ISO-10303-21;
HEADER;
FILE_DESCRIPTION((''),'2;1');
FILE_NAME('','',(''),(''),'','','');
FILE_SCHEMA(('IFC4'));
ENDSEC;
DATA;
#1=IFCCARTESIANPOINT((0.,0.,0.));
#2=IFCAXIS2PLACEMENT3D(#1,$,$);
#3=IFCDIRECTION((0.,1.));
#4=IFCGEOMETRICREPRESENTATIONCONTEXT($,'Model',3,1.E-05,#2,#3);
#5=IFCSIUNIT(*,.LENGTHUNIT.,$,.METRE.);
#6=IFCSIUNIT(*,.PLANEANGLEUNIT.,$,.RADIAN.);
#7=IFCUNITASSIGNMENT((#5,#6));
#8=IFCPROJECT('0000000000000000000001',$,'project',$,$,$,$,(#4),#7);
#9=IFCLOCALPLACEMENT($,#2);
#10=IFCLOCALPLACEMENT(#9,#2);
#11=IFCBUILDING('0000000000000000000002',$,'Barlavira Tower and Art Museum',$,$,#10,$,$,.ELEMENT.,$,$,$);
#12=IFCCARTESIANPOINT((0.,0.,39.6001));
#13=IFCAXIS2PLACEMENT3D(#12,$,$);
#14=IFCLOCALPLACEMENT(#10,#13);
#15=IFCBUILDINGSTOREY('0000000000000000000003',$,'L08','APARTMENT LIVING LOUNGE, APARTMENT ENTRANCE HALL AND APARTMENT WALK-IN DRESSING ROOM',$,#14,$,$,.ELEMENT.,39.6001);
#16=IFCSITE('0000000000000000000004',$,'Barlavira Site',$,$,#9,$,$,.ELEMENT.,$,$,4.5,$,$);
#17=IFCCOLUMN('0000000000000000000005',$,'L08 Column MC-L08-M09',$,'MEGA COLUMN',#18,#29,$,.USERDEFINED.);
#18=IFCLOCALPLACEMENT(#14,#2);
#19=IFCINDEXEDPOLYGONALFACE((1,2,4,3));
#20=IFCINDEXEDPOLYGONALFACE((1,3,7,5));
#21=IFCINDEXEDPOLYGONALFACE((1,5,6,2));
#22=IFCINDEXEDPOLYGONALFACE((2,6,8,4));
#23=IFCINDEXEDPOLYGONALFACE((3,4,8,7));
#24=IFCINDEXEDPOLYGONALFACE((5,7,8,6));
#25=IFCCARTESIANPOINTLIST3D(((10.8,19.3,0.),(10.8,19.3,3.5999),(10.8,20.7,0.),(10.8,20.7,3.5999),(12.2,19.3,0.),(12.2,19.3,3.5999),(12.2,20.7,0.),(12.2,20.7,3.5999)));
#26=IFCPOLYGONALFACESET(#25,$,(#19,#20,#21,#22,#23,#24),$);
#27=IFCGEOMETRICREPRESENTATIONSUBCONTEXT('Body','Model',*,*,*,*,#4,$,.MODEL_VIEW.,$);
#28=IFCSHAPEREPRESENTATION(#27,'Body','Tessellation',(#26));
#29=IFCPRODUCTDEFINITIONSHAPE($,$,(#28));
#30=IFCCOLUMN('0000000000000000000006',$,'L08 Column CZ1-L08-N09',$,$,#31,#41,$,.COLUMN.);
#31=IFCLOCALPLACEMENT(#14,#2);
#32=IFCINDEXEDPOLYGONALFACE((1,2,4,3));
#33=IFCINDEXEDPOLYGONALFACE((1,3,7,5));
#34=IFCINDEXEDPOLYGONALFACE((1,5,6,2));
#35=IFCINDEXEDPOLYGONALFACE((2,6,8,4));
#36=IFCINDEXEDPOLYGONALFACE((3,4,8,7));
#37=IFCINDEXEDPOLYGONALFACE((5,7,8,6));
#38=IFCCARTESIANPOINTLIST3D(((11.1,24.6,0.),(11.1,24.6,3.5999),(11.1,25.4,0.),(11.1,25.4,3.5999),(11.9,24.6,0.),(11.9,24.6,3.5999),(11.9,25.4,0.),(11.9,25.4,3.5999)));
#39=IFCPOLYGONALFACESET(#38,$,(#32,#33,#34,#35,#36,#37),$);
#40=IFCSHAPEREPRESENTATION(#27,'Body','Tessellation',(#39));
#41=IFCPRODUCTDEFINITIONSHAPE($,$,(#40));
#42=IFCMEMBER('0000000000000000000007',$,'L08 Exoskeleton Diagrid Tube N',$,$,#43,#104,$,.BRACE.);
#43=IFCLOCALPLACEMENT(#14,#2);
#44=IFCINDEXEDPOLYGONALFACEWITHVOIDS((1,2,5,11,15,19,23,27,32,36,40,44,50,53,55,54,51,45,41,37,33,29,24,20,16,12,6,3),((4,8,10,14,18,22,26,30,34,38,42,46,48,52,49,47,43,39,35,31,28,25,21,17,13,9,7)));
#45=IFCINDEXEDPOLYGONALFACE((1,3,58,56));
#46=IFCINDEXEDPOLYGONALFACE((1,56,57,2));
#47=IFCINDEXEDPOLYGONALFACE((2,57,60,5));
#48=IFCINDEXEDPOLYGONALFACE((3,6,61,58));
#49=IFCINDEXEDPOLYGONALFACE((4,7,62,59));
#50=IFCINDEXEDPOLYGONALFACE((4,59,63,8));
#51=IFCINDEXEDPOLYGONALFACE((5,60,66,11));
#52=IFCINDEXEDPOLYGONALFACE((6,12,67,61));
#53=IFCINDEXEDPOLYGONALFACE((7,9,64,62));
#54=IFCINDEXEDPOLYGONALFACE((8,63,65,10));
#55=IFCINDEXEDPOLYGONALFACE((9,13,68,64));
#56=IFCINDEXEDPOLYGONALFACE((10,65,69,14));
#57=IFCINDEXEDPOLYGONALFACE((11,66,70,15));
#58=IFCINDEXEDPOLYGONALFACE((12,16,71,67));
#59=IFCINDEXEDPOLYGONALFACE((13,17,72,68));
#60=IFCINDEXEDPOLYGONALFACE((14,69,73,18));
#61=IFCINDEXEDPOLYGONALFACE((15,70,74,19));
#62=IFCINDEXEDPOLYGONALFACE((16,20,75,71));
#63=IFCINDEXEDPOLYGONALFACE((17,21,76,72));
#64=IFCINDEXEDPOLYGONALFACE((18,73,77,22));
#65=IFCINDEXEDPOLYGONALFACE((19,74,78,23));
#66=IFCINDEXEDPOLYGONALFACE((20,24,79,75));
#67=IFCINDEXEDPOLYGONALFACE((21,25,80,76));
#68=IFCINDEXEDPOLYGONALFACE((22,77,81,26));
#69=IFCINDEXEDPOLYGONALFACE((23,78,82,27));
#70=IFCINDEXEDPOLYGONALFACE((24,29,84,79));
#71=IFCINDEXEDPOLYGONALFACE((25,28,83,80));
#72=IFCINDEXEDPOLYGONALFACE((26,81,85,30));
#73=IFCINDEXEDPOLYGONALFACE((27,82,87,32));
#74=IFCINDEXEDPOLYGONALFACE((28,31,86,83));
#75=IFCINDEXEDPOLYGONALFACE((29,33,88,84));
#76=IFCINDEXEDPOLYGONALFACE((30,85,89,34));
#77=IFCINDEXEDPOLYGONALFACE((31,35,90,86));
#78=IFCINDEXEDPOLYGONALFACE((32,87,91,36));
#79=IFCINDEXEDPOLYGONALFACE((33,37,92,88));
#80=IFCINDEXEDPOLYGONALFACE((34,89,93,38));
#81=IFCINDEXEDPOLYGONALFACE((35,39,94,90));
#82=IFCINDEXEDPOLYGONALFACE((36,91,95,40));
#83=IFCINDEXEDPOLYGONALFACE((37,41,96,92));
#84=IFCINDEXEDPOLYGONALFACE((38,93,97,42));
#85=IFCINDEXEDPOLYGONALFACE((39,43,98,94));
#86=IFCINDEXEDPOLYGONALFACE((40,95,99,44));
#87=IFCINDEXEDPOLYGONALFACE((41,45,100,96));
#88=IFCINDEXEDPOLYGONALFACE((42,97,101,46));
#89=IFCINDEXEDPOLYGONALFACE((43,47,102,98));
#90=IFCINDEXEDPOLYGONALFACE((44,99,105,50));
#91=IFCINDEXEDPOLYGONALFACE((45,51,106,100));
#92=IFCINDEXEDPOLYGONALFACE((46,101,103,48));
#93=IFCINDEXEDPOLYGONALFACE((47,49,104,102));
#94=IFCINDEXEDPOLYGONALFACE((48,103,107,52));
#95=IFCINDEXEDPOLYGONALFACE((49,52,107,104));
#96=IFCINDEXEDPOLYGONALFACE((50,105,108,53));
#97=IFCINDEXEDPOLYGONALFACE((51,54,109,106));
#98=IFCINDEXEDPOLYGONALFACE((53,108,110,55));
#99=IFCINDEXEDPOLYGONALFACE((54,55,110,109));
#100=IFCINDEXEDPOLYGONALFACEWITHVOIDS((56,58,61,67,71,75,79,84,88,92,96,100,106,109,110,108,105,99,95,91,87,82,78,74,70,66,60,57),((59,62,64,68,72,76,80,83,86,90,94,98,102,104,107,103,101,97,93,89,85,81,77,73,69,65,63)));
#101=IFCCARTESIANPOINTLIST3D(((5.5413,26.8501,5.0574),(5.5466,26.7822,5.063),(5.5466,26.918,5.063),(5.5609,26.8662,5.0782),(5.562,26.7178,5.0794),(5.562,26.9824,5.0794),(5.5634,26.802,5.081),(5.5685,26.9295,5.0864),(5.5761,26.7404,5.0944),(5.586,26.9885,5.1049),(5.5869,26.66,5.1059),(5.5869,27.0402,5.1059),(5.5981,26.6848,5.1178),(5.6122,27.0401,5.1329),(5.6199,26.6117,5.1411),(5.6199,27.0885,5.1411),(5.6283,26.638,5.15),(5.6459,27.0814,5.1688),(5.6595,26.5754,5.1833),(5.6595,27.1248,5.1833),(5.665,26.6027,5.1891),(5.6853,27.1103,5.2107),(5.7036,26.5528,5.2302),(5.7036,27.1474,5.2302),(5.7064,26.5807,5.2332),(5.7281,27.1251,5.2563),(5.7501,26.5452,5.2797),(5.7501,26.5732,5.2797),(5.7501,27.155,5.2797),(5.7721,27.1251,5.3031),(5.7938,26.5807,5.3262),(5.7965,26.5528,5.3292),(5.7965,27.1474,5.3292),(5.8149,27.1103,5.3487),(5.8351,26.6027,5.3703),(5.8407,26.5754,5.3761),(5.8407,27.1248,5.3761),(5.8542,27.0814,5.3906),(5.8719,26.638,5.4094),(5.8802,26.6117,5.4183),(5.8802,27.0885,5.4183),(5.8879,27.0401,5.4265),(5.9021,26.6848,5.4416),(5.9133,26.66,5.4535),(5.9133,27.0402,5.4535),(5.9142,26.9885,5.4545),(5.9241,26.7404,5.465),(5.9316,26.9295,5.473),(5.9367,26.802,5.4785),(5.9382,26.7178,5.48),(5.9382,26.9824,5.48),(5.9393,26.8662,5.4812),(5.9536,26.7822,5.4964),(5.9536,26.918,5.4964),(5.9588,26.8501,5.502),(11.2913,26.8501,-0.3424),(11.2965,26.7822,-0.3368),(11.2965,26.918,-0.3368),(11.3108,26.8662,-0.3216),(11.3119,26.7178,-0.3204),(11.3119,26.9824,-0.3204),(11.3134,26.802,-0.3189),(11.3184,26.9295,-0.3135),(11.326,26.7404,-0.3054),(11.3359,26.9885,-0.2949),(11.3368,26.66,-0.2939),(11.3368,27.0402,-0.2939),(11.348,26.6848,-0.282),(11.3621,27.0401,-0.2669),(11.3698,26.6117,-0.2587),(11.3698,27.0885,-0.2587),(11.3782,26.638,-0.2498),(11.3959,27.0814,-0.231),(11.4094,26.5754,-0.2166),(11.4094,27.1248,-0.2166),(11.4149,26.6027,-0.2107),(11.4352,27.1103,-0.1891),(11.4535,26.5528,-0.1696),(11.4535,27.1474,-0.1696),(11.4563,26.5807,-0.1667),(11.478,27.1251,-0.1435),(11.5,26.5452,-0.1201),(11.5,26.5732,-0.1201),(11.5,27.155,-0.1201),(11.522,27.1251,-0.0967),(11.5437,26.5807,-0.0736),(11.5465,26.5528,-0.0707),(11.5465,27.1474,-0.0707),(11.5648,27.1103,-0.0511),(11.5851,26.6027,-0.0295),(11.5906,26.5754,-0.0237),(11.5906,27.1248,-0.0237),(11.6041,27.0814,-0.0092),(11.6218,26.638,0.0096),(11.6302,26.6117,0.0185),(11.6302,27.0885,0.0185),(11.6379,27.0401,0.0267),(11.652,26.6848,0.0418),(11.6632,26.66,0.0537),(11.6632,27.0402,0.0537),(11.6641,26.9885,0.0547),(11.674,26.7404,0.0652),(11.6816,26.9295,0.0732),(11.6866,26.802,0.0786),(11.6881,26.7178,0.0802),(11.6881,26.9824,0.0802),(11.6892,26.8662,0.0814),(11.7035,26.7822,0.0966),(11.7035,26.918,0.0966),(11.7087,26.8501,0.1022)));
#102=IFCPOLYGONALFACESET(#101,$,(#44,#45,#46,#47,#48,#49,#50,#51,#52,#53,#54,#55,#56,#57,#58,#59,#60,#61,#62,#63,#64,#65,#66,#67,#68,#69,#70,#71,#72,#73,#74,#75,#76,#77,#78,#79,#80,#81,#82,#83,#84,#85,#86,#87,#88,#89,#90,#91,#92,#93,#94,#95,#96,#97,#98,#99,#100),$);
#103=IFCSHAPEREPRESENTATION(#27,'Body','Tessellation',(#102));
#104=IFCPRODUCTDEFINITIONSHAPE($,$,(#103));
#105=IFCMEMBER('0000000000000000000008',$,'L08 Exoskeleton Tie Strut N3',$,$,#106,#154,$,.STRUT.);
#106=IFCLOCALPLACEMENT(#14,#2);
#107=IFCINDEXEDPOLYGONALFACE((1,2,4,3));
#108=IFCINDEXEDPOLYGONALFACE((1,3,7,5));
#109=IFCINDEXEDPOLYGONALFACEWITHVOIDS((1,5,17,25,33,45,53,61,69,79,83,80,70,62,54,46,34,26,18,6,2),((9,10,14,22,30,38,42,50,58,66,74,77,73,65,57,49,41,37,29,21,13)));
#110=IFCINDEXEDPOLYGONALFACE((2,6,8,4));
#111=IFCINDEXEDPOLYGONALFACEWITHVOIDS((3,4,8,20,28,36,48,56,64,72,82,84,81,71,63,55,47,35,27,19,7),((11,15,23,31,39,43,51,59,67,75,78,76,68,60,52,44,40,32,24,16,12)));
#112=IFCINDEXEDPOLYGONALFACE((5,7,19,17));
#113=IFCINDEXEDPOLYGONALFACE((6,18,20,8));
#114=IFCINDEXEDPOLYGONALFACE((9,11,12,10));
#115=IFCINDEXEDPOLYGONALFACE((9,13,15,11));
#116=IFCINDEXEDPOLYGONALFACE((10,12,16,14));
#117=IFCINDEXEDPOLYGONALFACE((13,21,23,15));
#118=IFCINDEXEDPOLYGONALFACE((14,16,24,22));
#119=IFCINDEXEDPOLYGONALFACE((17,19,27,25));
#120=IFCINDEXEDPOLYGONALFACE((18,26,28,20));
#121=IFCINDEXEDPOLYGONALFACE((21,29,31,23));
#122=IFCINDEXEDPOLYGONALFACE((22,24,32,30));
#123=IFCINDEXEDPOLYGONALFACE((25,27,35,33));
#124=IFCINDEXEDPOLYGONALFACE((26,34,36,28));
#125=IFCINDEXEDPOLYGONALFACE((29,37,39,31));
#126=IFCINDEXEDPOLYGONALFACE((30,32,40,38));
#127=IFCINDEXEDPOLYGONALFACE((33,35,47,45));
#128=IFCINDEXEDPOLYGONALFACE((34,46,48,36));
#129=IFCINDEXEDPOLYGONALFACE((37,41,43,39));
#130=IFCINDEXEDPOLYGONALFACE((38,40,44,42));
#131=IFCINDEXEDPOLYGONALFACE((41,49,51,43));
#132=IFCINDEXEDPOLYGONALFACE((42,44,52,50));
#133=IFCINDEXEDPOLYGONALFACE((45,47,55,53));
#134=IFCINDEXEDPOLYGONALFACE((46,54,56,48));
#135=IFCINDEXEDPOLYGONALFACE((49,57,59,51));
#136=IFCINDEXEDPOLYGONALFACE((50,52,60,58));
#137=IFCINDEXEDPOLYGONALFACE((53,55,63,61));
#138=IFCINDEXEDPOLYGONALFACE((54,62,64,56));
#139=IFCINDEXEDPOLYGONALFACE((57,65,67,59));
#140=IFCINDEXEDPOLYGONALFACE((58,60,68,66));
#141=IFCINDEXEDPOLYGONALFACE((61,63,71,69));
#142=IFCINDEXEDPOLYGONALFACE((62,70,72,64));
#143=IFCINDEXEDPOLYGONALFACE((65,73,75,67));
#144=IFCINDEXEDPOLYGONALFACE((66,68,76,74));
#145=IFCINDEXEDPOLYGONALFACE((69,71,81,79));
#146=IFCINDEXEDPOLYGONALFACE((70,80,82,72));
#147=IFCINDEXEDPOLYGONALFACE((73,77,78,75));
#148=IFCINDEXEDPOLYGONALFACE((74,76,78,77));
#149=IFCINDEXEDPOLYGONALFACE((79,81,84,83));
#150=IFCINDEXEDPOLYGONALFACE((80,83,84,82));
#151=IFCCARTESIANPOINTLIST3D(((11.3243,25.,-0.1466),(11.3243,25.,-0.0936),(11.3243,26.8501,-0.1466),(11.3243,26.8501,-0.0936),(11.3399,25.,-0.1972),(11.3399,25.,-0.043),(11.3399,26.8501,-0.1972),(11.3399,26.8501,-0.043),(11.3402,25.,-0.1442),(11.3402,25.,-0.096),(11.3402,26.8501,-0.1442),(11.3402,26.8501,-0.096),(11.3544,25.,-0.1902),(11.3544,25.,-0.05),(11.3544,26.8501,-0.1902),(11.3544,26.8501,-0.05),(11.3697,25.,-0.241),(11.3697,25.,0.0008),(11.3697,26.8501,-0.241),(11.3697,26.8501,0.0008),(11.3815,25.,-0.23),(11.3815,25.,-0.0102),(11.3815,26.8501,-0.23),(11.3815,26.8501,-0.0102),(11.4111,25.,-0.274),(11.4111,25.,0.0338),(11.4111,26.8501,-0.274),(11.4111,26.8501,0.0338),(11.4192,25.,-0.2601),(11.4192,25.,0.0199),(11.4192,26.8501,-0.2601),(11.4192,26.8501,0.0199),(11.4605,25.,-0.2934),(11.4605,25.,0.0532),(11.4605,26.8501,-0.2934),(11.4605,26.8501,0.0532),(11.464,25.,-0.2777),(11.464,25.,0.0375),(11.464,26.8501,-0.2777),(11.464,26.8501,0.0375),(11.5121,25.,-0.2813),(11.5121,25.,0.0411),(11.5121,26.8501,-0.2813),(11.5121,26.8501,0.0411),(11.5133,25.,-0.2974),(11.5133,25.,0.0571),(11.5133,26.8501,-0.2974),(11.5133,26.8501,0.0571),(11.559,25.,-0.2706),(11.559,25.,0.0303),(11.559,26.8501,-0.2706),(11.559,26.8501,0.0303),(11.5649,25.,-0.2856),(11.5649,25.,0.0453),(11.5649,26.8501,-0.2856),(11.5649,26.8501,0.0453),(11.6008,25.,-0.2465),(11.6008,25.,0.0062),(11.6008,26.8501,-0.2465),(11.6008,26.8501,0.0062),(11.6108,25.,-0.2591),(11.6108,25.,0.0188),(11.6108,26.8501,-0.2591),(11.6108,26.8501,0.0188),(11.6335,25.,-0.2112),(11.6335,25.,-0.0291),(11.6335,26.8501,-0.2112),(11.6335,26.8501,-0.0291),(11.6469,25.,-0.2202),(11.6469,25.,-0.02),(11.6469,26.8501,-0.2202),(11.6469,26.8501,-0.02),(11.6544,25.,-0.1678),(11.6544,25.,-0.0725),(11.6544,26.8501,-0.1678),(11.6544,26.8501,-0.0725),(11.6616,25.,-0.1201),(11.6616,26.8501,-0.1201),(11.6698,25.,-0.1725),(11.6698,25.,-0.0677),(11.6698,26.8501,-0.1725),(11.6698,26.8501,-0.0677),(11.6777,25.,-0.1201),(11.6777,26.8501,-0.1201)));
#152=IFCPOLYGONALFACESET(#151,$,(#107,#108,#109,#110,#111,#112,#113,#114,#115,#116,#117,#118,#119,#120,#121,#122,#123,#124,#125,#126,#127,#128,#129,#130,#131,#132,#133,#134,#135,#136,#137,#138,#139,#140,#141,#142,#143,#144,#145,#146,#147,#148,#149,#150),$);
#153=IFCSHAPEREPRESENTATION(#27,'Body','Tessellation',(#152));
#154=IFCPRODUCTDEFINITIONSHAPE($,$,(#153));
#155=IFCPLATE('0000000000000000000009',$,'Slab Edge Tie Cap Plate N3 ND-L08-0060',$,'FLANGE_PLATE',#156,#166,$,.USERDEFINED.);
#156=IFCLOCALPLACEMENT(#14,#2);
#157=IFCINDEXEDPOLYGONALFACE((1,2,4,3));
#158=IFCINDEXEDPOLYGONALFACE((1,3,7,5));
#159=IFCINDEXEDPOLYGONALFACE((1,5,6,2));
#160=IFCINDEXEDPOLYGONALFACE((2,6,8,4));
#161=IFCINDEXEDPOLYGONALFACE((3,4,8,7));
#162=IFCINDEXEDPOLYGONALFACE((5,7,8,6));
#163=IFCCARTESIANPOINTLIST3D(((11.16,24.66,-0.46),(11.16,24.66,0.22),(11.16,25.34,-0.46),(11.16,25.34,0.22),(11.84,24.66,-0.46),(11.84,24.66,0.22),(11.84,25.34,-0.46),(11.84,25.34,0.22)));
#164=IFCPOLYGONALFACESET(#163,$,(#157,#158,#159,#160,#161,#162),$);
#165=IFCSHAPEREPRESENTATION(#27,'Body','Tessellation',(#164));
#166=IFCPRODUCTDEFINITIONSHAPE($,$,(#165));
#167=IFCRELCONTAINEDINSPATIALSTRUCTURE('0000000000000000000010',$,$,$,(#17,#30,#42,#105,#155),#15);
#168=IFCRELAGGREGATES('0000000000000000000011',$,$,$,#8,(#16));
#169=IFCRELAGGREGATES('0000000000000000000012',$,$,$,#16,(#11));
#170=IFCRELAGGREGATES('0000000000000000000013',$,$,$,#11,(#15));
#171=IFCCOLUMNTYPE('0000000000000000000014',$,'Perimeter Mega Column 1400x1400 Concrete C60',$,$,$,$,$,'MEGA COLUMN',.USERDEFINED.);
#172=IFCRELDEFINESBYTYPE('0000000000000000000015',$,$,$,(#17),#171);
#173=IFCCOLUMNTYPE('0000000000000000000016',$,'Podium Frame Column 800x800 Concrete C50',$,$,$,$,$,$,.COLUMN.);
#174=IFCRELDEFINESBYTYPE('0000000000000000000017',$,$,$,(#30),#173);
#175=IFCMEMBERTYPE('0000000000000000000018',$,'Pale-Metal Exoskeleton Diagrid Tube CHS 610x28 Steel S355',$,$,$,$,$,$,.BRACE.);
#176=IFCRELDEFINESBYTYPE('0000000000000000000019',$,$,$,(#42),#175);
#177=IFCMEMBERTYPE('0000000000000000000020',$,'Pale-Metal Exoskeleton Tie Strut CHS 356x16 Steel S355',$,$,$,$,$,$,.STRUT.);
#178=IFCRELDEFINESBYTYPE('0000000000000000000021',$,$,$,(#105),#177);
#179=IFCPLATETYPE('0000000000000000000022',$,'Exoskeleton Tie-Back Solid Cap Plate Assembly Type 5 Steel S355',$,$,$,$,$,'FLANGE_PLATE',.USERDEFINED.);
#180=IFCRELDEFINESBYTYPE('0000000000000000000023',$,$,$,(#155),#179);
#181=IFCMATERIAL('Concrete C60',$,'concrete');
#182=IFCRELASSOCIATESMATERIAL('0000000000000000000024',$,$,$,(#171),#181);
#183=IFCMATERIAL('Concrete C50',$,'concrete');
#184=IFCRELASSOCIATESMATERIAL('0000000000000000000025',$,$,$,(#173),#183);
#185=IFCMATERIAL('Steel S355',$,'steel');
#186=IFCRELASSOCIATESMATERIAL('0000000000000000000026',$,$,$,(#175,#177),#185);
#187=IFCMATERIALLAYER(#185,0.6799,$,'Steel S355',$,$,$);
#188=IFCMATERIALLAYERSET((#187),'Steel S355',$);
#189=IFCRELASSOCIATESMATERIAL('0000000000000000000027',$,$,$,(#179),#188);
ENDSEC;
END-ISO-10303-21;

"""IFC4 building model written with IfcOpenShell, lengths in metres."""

from ifc_helpers import new_model, si_unit, direction, frame, origin, origin_2d, place, context, subcontext, project, spatial, rectangle, hollow_circle, extrude, material, layer, layer_set, material_profile, profile_set, type_object, element, save


model = new_model("IFC4")

# Units and contexts
model_context = context("Model", 3, precision=1e-05, world=origin(), true_north=direction((0.0, 1.0)))
body_context = subcontext(model_context, "Body", "Model", "MODEL_VIEW")
ifc_project = project(units=[si_unit("LENGTHUNIT", "METRE"), si_unit("PLANEANGLEUNIT", "RADIAN")], contexts=[model_context])

# Site, building, storey
site_placement = place(None, origin())
site = spatial("IfcSite", under=ifc_project, at=site_placement, Name="Barlavira Site", CompositionType="ELEMENT", RefElevation=4.5)
building_placement = place(site_placement, origin())
building = spatial("IfcBuilding", under=site, at=building_placement, Name="Barlavira Tower and Art Museum", CompositionType="ELEMENT")
storey_placement = place(building_placement, frame((0.0, 0.0, 39.6001)))
storey = spatial("IfcBuildingStorey", under=building, at=storey_placement, Name="L08", Description="APARTMENT LIVING LOUNGE, APARTMENT ENTRANCE HALL AND APARTMENT WALK-IN DRESSING ROOM", CompositionType="ELEMENT", Elevation=39.6001)

# Columns
ifc_material_1 = material(Name="Concrete C60", Category="concrete")
ifc_material_profile_1 = material_profile(ifc_material_1, rectangle(XDim=1.3999, YDim=1.3999, at=origin_2d()), Name="RC-MCOL 1400x1400")
ifc_profile_set_1 = profile_set([ifc_material_profile_1], Name="Concrete C60")
column_type_1 = type_object("IfcColumnType", Name="Perimeter Mega Column 1400x1400 Concrete C60", ElementType="MEGA COLUMN", PredefinedType="USERDEFINED", material=ifc_profile_set_1)
column_1_placement = place(storey_placement, frame((11.5, 20.0, 0.0), z_axis=(0.0, 0.0, 1.0), x_axis=(1.0, 0.0, 0.0)))
element("IfcColumn", 1, at=column_1_placement, inside=storey, type_object=column_type_1, Name="L08 Column MC-L08-M09", ObjectType="MEGA COLUMN", PredefinedType="USERDEFINED", context=body_context, shape_type="SweptSolid", body=[
    extrude(rectangle(XDim=1.3999, YDim=1.3999, at=origin_2d()), origin(), (0.0, 0.0, 1.0), 3.5999),
])
ifc_material_2 = material(Name="Concrete C50", Category="concrete")
ifc_material_profile_2 = material_profile(ifc_material_2, rectangle(XDim=0.8, YDim=0.8, at=origin_2d()), Name="RC-COL 800x800")
ifc_profile_set_2 = profile_set([ifc_material_profile_2], Name="Concrete C50")
column_type_2 = type_object("IfcColumnType", Name="Podium Frame Column 800x800 Concrete C50", PredefinedType="COLUMN", material=ifc_profile_set_2)
column_2_placement = place(storey_placement, frame((11.5, 25.0, 0.0), z_axis=(0.0, 0.0, 1.0), x_axis=(1.0, 0.0, 0.0)))
element("IfcColumn", 2, at=column_2_placement, inside=storey, type_object=column_type_2, Name="L08 Column CZ1-L08-N09", PredefinedType="COLUMN", context=body_context, shape_type="SweptSolid", body=[
    extrude(rectangle(XDim=0.8, YDim=0.8, at=origin_2d()), origin(), (0.0, 0.0, 1.0), 3.5999),
])

# Members
ifc_material_3 = material(Name="Steel S355", Category="steel")
ifc_material_profile_3 = material_profile(ifc_material_3, hollow_circle(Radius=0.3049, WallThickness=0.0281, at=origin_2d()), Name="CHS 610.0x28.0")
ifc_profile_set_3 = profile_set([ifc_material_profile_3], Name="Steel S355")
member_type_1 = type_object("IfcMemberType", Name="Pale-Metal Exoskeleton Diagrid Tube CHS 610x28 Steel S355", PredefinedType="BRACE", material=ifc_profile_set_3)
member_1_placement = place(storey_placement, frame((11.5, 26.8501, -0.1201), z_axis=(-0.72895, 0.0, 0.684567), x_axis=(0.0, -1.0, 0.0)))
element("IfcMember", 3, at=member_1_placement, inside=storey, type_object=member_type_1, Name="L08 Exoskeleton Diagrid Tube N", PredefinedType="BRACE", context=body_context, shape_type="SweptSolid", body=[
    extrude(hollow_circle(Radius=0.3049, WallThickness=0.0281, at=origin_2d()), origin(), (0.0, 0.0, 1.0), 7.8879),
])
ifc_material_profile_4 = material_profile(ifc_material_3, hollow_circle(Radius=0.1777, WallThickness=0.0161, at=origin_2d()), Name="CHS 355.6x16.0")
ifc_profile_set_4 = profile_set([ifc_material_profile_4], Name="Steel S355")
member_type_2 = type_object("IfcMemberType", Name="Pale-Metal Exoskeleton Tie Strut CHS 356x16 Steel S355", PredefinedType="STRUT", material=ifc_profile_set_4)
member_2_placement = place(storey_placement, frame((11.5, 26.8501, -0.1201), z_axis=(0.0, -1.0, 0.0), x_axis=(1.0, 0.0, 0.0)))
element("IfcMember", 4, at=member_2_placement, inside=storey, type_object=member_type_2, Name="L08 Exoskeleton Tie Strut N3", PredefinedType="STRUT", context=body_context, shape_type="SweptSolid", body=[
    extrude(hollow_circle(Radius=0.1777, WallThickness=0.0161, at=origin_2d()), origin(), (0.0, 0.0, 1.0), 1.8501),
])

# Plate
ifc_layer_1 = layer(ifc_material_3, 0.6799, Name="Steel S355")
ifc_layer_set_1 = layer_set([ifc_layer_1], Name="Steel S355")
plate_type = type_object("IfcPlateType", Name="Exoskeleton Tie-Back Solid Cap Plate Assembly Type 5 Steel S355", ElementType="FLANGE_PLATE", PredefinedType="USERDEFINED", material=ifc_layer_set_1)
plate_placement = place(storey_placement, frame((11.5, 25.0, -0.46), z_axis=(0.0, 0.0, 1.0), x_axis=(1.0, 0.0, 0.0)))
element("IfcPlate", 5, at=plate_placement, inside=storey, type_object=plate_type, Name="Slab Edge Tie Cap Plate N3 ND-L08-0060", ObjectType="FLANGE_PLATE", PredefinedType="USERDEFINED", context=body_context, shape_type="SweptSolid", body=[
    extrude(rectangle(XDim=0.6799, YDim=0.6799, at=origin_2d()), origin(), (0.0, 0.0, 1.0), 0.6799),
])

save(model, "model.ifc")
